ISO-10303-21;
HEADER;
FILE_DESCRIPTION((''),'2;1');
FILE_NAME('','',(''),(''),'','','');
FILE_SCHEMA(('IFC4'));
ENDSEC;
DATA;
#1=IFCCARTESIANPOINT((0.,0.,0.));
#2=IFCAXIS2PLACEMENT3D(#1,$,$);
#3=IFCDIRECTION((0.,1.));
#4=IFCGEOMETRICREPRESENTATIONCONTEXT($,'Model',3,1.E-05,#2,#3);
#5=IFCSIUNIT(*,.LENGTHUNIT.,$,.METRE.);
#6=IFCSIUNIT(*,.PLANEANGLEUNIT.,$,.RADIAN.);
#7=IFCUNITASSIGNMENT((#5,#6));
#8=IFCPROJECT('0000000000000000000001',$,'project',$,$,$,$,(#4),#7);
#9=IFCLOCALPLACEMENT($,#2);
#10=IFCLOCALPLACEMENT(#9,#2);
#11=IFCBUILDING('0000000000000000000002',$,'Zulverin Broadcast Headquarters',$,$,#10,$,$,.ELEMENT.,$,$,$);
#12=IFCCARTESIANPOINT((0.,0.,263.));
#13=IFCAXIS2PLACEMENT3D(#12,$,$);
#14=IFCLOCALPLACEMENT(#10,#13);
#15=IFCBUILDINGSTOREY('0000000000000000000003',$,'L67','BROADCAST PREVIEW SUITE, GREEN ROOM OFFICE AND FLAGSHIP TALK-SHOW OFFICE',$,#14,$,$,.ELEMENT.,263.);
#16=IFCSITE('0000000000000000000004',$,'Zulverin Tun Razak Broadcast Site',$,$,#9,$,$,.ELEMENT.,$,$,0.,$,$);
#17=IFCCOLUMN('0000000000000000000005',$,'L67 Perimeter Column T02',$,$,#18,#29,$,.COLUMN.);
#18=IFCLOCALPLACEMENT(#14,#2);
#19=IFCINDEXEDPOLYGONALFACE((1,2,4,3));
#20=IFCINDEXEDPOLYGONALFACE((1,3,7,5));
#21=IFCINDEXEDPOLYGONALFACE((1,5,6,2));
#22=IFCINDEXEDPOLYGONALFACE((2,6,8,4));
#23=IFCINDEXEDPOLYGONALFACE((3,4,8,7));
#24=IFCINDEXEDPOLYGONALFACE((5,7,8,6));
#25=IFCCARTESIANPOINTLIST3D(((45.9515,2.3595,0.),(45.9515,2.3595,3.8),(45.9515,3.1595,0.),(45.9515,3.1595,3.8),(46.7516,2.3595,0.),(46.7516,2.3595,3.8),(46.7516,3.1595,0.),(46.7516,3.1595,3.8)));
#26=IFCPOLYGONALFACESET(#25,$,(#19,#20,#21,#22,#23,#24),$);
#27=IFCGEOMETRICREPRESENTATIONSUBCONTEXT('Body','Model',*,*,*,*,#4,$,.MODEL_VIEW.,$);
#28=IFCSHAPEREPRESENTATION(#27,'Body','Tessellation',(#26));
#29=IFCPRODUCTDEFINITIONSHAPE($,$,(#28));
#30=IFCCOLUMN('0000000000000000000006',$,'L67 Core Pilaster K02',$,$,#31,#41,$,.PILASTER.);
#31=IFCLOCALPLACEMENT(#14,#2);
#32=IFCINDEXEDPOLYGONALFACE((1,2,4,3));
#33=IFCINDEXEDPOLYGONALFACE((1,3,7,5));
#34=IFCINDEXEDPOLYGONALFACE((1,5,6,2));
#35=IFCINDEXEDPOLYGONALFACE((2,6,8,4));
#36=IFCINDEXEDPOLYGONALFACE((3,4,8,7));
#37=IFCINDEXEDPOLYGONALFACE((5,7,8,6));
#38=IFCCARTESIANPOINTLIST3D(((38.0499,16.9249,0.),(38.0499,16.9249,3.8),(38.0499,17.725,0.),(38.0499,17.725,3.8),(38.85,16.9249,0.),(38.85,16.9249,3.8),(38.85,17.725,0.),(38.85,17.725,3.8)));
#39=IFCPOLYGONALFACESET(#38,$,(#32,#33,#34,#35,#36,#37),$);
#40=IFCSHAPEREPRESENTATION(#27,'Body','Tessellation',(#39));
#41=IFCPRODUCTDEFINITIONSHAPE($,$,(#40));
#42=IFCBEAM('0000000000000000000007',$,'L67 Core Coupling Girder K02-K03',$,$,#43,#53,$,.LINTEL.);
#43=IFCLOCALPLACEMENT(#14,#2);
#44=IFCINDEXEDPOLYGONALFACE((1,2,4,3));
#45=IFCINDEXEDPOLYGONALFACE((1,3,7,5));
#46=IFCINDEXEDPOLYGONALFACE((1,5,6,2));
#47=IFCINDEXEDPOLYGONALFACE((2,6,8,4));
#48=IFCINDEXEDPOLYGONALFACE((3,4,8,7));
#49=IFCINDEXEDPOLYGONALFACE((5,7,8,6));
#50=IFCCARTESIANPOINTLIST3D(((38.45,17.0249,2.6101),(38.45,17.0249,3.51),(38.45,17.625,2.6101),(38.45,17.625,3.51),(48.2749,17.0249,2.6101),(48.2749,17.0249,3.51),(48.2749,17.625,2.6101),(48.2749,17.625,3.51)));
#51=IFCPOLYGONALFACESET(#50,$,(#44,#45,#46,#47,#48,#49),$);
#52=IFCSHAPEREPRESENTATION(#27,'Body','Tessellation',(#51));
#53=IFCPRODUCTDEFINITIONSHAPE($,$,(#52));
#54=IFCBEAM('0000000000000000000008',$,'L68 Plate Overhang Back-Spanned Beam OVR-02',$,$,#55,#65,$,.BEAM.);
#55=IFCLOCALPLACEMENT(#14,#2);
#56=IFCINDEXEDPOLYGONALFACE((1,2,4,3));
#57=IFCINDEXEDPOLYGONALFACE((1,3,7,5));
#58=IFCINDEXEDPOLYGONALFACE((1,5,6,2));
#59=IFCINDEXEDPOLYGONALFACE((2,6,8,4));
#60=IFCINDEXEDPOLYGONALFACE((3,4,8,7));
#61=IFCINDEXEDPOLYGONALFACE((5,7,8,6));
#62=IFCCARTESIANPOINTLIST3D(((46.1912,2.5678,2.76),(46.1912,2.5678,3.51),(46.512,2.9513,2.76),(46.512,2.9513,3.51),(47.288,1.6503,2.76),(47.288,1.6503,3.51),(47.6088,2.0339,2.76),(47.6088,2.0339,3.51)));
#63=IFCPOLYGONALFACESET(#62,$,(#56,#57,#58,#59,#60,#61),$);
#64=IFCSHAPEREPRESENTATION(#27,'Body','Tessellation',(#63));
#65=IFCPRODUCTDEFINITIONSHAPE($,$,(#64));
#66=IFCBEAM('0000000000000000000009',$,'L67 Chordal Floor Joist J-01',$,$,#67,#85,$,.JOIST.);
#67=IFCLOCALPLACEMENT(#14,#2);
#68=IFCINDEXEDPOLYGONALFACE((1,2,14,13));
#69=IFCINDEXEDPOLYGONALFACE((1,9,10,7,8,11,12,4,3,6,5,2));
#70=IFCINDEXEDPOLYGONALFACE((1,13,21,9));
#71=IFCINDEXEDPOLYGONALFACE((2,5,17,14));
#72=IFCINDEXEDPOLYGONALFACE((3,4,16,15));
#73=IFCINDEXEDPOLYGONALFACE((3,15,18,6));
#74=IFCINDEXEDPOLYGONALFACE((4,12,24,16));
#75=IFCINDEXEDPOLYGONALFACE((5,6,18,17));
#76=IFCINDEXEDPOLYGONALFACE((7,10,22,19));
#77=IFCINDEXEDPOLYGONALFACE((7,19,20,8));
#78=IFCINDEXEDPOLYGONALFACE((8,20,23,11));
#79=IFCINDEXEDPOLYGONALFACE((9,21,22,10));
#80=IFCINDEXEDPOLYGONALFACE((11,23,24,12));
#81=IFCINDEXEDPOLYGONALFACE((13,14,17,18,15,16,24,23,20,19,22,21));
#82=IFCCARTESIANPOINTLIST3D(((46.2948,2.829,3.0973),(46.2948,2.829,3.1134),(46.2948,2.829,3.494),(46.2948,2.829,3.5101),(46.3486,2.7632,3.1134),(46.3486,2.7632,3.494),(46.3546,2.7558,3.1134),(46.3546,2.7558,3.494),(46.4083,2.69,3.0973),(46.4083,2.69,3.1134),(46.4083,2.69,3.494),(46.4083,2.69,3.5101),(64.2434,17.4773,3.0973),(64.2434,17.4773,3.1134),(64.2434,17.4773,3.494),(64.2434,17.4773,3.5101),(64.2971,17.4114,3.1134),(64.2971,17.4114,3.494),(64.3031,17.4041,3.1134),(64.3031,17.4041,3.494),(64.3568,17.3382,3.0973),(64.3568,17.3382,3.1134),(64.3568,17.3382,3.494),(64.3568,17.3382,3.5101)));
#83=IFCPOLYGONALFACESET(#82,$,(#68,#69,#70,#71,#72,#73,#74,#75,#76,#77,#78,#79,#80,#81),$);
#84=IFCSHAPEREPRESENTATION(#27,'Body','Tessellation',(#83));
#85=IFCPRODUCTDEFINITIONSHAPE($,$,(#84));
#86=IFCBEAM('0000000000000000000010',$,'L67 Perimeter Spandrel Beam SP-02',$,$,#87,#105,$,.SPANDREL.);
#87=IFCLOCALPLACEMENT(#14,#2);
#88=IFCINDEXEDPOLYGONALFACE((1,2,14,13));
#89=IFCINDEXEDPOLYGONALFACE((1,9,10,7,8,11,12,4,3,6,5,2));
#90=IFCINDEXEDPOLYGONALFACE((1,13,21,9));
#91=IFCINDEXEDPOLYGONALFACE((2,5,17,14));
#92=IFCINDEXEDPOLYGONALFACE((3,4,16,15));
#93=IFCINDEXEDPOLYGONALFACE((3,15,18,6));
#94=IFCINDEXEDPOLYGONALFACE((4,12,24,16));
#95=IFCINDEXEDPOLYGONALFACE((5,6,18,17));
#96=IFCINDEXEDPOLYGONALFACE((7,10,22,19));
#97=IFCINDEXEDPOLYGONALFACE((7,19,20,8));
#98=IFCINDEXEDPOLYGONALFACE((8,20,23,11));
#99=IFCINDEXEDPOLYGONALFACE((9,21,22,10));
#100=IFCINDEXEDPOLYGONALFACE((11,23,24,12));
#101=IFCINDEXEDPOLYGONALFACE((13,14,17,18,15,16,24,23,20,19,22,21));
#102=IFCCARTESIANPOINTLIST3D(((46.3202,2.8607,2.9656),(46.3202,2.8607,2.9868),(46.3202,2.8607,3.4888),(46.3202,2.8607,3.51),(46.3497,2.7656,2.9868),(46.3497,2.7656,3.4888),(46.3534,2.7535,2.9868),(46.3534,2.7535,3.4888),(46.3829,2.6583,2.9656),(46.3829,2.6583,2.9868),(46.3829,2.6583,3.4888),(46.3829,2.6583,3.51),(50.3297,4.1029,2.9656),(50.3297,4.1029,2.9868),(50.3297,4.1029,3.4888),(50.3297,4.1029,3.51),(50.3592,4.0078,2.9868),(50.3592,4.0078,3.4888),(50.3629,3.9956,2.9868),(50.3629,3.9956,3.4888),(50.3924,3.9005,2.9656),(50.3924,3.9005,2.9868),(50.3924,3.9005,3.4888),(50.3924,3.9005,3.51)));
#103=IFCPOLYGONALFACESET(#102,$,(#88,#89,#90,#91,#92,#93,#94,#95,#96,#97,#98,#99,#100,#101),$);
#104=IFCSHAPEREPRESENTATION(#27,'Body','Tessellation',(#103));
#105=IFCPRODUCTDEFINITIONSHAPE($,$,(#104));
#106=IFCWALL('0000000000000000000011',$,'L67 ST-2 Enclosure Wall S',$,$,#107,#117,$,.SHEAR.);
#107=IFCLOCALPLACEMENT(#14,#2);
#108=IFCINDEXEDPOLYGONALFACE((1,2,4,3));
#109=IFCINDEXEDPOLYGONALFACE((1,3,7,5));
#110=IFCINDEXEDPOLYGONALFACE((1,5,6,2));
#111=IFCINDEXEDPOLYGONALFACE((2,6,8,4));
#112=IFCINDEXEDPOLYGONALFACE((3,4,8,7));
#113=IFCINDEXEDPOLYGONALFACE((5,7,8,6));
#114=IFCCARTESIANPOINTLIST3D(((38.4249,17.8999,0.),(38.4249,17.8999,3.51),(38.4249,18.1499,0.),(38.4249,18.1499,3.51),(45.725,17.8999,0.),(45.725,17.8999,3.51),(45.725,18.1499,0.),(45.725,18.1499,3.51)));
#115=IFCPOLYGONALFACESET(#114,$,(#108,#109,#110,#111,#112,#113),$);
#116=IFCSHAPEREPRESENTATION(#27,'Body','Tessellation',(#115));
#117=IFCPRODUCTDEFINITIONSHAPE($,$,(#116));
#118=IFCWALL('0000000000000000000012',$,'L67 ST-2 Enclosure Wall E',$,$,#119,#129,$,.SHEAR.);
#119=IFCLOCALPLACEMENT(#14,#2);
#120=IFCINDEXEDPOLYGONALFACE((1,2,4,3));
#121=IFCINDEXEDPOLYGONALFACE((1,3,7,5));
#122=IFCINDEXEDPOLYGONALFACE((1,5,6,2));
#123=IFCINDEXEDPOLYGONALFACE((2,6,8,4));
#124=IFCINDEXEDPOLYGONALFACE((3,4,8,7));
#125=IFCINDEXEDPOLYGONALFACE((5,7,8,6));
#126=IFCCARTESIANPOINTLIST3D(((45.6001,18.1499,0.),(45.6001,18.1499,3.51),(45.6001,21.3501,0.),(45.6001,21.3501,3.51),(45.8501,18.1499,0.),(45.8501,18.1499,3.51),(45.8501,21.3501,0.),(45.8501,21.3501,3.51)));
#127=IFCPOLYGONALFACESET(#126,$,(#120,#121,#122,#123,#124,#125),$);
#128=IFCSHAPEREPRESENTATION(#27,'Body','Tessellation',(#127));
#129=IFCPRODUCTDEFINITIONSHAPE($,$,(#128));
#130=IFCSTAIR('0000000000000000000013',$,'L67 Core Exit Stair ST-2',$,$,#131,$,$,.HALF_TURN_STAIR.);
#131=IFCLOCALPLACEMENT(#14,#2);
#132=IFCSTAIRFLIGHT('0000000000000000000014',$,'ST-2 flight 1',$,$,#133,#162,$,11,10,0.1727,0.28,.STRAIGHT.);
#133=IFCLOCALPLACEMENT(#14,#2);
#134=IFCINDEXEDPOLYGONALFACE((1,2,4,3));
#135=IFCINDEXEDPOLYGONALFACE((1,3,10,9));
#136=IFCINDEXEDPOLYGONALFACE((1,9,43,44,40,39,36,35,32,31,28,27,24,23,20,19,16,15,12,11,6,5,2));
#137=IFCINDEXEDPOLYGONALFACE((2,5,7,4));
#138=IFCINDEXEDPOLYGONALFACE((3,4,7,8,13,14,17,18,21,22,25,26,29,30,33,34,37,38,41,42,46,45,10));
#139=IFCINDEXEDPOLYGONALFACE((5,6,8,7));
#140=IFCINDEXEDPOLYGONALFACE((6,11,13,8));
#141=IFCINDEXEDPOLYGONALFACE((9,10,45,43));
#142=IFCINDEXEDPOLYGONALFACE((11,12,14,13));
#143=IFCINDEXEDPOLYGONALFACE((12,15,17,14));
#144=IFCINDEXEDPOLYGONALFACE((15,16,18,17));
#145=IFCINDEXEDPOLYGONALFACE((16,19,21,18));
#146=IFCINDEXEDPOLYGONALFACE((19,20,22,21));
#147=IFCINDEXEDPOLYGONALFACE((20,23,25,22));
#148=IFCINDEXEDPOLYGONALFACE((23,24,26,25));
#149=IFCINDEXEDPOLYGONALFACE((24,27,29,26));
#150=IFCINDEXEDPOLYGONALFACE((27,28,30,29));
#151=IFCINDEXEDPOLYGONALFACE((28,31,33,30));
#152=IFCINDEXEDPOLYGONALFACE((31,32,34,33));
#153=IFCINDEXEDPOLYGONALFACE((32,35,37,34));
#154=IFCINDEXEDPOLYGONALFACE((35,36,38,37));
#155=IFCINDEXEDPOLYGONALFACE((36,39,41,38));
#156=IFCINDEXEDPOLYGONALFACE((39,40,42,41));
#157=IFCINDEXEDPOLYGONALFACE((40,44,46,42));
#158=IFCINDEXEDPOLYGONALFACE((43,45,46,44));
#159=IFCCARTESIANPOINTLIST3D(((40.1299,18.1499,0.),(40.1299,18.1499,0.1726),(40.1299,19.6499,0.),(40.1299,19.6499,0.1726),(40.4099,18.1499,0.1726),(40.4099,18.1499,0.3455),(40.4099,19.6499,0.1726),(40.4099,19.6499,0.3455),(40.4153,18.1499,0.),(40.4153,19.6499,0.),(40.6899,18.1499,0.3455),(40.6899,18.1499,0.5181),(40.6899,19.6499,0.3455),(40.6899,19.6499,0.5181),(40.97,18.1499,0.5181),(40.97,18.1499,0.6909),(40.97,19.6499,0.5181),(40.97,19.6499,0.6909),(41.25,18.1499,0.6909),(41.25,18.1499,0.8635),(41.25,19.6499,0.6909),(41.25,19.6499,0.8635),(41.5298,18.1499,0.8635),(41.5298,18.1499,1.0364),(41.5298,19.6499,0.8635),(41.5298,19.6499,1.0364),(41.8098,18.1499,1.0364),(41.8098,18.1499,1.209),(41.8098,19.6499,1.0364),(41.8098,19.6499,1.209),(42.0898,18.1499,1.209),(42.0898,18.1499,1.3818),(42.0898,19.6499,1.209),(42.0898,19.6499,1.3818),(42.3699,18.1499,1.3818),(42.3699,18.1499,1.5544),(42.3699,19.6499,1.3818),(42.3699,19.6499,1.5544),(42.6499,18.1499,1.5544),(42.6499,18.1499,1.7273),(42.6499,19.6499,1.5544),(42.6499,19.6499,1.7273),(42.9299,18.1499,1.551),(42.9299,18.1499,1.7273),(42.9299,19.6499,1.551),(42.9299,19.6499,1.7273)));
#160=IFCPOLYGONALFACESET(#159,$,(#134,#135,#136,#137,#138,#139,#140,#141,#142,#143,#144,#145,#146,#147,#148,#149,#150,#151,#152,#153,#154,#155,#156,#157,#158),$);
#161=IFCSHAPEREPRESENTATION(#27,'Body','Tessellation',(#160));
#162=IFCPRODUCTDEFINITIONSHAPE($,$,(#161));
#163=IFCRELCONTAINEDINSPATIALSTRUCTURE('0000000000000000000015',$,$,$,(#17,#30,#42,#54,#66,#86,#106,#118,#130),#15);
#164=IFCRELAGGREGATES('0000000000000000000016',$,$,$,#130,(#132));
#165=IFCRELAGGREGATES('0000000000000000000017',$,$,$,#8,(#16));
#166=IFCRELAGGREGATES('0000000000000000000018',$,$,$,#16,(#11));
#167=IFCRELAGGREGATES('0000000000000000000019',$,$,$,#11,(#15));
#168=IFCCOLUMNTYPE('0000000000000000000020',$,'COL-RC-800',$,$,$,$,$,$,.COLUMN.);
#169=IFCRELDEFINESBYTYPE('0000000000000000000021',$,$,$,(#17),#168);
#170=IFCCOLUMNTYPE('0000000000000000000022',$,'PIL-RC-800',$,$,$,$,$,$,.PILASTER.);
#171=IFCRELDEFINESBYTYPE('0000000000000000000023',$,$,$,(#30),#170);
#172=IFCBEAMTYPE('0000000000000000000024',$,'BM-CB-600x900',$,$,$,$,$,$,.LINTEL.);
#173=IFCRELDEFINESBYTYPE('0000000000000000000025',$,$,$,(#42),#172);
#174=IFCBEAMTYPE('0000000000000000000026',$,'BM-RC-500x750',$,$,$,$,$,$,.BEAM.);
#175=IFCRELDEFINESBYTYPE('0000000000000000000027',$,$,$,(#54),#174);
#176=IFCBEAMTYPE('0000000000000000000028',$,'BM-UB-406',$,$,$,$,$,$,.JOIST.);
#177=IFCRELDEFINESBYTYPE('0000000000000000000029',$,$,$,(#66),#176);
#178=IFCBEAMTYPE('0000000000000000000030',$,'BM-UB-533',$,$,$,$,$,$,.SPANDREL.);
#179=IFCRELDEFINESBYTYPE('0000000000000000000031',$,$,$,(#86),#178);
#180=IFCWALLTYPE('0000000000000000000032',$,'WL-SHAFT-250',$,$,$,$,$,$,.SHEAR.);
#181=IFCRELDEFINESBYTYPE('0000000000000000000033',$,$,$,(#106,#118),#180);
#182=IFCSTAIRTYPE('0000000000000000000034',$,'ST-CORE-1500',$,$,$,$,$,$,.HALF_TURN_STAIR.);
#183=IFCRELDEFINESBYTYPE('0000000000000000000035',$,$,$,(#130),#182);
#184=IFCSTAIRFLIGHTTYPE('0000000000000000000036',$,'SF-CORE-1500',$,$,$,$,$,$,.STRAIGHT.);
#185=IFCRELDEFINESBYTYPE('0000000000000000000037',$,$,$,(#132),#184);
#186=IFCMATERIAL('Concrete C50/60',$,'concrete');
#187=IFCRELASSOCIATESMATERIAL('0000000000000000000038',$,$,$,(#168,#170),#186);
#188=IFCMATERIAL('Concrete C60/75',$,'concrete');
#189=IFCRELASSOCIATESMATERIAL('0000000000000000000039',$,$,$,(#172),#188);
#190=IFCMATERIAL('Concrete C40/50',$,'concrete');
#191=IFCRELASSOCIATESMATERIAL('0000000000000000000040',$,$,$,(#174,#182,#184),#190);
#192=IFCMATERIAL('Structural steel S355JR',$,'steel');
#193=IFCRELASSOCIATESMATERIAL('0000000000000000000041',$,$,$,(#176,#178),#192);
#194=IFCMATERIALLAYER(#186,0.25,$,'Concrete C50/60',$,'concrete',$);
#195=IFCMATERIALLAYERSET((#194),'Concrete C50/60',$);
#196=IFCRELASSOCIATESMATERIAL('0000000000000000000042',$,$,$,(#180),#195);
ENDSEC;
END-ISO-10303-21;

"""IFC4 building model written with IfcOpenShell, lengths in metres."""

from ifc_helpers import new_model, si_unit, direction, frame, frame_2d, origin, origin_2d, place, context, subcontext, project, spatial, polyline, rectangle, i_section, outline, extrude, material, layer, layer_set, material_profile, profile_set, type_object, element, aggregate, save


model = new_model("IFC4")

# Units and contexts
model_context = context("Model", 3, precision=1e-05, world=origin(), true_north=direction((0.0, 1.0)))
body_context = subcontext(model_context, "Body", "Model", "MODEL_VIEW")
ifc_project = project(units=[si_unit("LENGTHUNIT", "METRE"), si_unit("PLANEANGLEUNIT", "RADIAN")], contexts=[model_context])

# Site, building, storey
site_placement = place(None, origin())
site = spatial("IfcSite", under=ifc_project, at=site_placement, Name="Zulverin Tun Razak Broadcast Site", CompositionType="ELEMENT", RefElevation=0.0)
building_placement = place(site_placement, origin())
building = spatial("IfcBuilding", under=site, at=building_placement, Name="Zulverin Broadcast Headquarters", CompositionType="ELEMENT")
storey_placement = place(building_placement, frame((0.0, 0.0, 263.0)))
storey = spatial("IfcBuildingStorey", under=building, at=storey_placement, Name="L67", Description="BROADCAST PREVIEW SUITE, GREEN ROOM OFFICE AND FLAGSHIP TALK-SHOW OFFICE", CompositionType="ELEMENT", Elevation=263.0)

# Columns
ifc_material_1 = material(Name="Concrete C50/60", Category="concrete")
ifc_material_profile_1 = material_profile(ifc_material_1, rectangle(XDim=0.8, YDim=0.8, at=origin_2d()), Name="Concrete C50/60", Category="concrete")
ifc_profile_set_1 = profile_set([ifc_material_profile_1], Name="Concrete C50/60")
column_type_1 = type_object("IfcColumnType", Name="COL-RC-800", PredefinedType="COLUMN", material=ifc_profile_set_1)
column_1_placement = place(storey_placement, frame((46.3516, 2.7595, 0.0), z_axis=(0.0, 0.0, 1.0), x_axis=(1.0, 0.0, 0.0)))
element("IfcColumn", 1, at=column_1_placement, inside=storey, type_object=column_type_1, Name="L67 Perimeter Column T02", PredefinedType="COLUMN", context=body_context, shape_type="SweptSolid", body=[
    extrude(rectangle(XDim=0.8, YDim=0.8, at=origin_2d()), origin(), (0.0, 0.0, 1.0), 3.8),
])
ifc_material_profile_2 = material_profile(ifc_material_1, rectangle(XDim=0.8, YDim=0.8, at=origin_2d()), Name="Concrete C50/60", Category="concrete")
ifc_profile_set_2 = profile_set([ifc_material_profile_2], Name="Concrete C50/60")
column_type_2 = type_object("IfcColumnType", Name="PIL-RC-800", PredefinedType="PILASTER", material=ifc_profile_set_2)
column_2_placement = place(storey_placement, frame((38.45, 17.325, 0.0), z_axis=(0.0, 0.0, 1.0), x_axis=(1.0, 0.0, 0.0)))
element("IfcColumn", 2, at=column_2_placement, inside=storey, type_object=column_type_2, Name="L67 Core Pilaster K02", PredefinedType="PILASTER", context=body_context, shape_type="SweptSolid", body=[
    extrude(rectangle(XDim=0.8, YDim=0.8, at=origin_2d()), origin(), (0.0, 0.0, 1.0), 3.8),
])

# Beams
ifc_material_2 = material(Name="Concrete C60/75", Category="concrete")
ifc_material_profile_3 = material_profile(ifc_material_2, rectangle(XDim=0.6001, YDim=0.8999, at=origin_2d()), Name="Concrete C60/75", Category="concrete")
ifc_profile_set_3 = profile_set([ifc_material_profile_3], Name="Concrete C60/75")
beam_type_1 = type_object("IfcBeamType", Name="BM-CB-600x900", PredefinedType="LINTEL", material=ifc_profile_set_3)
beam_1_placement = place(storey_placement, frame((38.45, 17.325, 3.0601), z_axis=(1.0, 0.0, 0.0), x_axis=(0.0, 1.0, 0.0)))
element("IfcBeam", 3, at=beam_1_placement, inside=storey, type_object=beam_type_1, Name="L67 Core Coupling Girder K02-K03", PredefinedType="LINTEL", context=body_context, shape_type="SweptSolid", body=[
    extrude(rectangle(XDim=0.6001, YDim=0.8999, at=origin_2d()), origin(), (0.0, 0.0, 1.0), 9.825),
])
ifc_material_3 = material(Name="Concrete C40/50", Category="concrete")
ifc_material_profile_4 = material_profile(ifc_material_3, rectangle(XDim=0.5, YDim=0.75, at=origin_2d()), Name="Concrete C40/50", Category="concrete")
ifc_profile_set_4 = profile_set([ifc_material_profile_4], Name="Concrete C40/50")
beam_type_2 = type_object("IfcBeamType", Name="BM-RC-500x750", PredefinedType="BEAM", material=ifc_profile_set_4)
beam_2_placement = place(storey_placement, frame((46.3516, 2.7595, 3.135), z_axis=(0.767059, -0.641577, 0.0), x_axis=(0.641577, 0.767059, 0.0)))
element("IfcBeam", 4, at=beam_2_placement, inside=storey, type_object=beam_type_2, Name="L68 Plate Overhang Back-Spanned Beam OVR-02", PredefinedType="BEAM", context=body_context, shape_type="SweptSolid", body=[
    extrude(rectangle(XDim=0.5, YDim=0.75, at=origin_2d()), origin(), (0.0, 0.0, 1.0), 1.4299),
])
ifc_material_4 = material(Name="Structural steel S355JR", Category="steel")
ifc_material_profile_5 = material_profile(ifc_material_4, i_section(OverallWidth=0.1794, OverallDepth=0.4128, WebThickness=0.0095, FlangeThickness=0.0161, at=origin_2d()), Name="Structural steel S355JR", Category="steel")
ifc_profile_set_5 = profile_set([ifc_material_profile_5], Name="Structural steel S355JR")
beam_type_3 = type_object("IfcBeamType", Name="BM-UB-406", PredefinedType="JOIST", material=ifc_profile_set_5)
beam_3_placement = place(storey_placement, frame((46.3516, 2.7595, 3.3037), z_axis=(0.774738, 0.632282, 0.0), x_axis=(-0.632282, 0.774738, 0.0)))
element("IfcBeam", 5, at=beam_3_placement, inside=storey, type_object=beam_type_3, Name="L67 Chordal Floor Joist J-01", PredefinedType="JOIST", context=body_context, shape_type="SweptSolid", body=[
    extrude(i_section(OverallWidth=0.1794, OverallDepth=0.4128, WebThickness=0.0095, FlangeThickness=0.0161, at=origin_2d()), origin(), (0.0, 0.0, 1.0), 23.1672),
])
ifc_material_profile_6 = material_profile(ifc_material_4, i_section(OverallWidth=0.2119, OverallDepth=0.5444, WebThickness=0.0127, FlangeThickness=0.0212, at=origin_2d()), Name="Structural steel S355JR", Category="steel")
ifc_profile_set_6 = profile_set([ifc_material_profile_6], Name="Structural steel S355JR")
beam_type_4 = type_object("IfcBeamType", Name="BM-UB-533", PredefinedType="SPANDREL", material=ifc_profile_set_6)
beam_4_placement = place(storey_placement, frame((46.3516, 2.7595, 3.2378), z_axis=(0.955209, 0.295933, 0.0), x_axis=(-0.295933, 0.955209, 0.0)))
element("IfcBeam", 6, at=beam_4_placement, inside=storey, type_object=beam_type_4, Name="L67 Perimeter Spandrel Beam SP-02", PredefinedType="SPANDREL", context=body_context, shape_type="SweptSolid", body=[
    extrude(i_section(OverallWidth=0.2119, OverallDepth=0.5444, WebThickness=0.0127, FlangeThickness=0.0212, at=origin_2d()), origin(), (0.0, 0.0, 1.0), 4.1975),
])

# Wall
ifc_layer_1 = layer(ifc_material_1, 0.25, Name="Concrete C50/60", Category="concrete")
ifc_layer_set_1 = layer_set([ifc_layer_1], Name="Concrete C50/60")
wall_type = type_object("IfcWallType", Name="WL-SHAFT-250", PredefinedType="SHEAR", material=ifc_layer_set_1)
wall_1_placement = place(storey_placement, frame((38.425, 18.0249, 0.0), z_axis=(0.0, 0.0, 1.0), x_axis=(1.0, 0.0, 0.0)))
element("IfcWall", 7, at=wall_1_placement, inside=storey, type_object=wall_type, Name="L67 ST-2 Enclosure Wall S", PredefinedType="SHEAR", context=body_context, shape_type="SweptSolid", body=[
    extrude(rectangle(XDim=7.3, YDim=0.25, at=frame_2d((3.6499, 0.0))), origin(), (0.0, 0.0, 1.0), 3.51),
])

# Wall
wall_2_placement = place(storey_placement, frame((45.7251, 18.1499, 0.0), z_axis=(0.0, 0.0, 1.0), x_axis=(0.0, 1.0, 0.0)))
element("IfcWall", 8, at=wall_2_placement, inside=storey, type_object=wall_type, Name="L67 ST-2 Enclosure Wall E", PredefinedType="SHEAR", context=body_context, shape_type="SweptSolid", body=[
    extrude(rectangle(XDim=3.2002, YDim=0.25, at=frame_2d((1.6001, 0.0))), origin(), (0.0, 0.0, 1.0), 3.51),
])

# Stair, stair flight
stair_type = type_object("IfcStairType", Name="ST-CORE-1500", PredefinedType="HALF_TURN_STAIR", material=ifc_material_3)
stair_placement = place(storey_placement, origin())
stair = element("IfcStair", 9, at=stair_placement, inside=storey, type_object=stair_type, Name="L67 Core Exit Stair ST-2", PredefinedType="HALF_TURN_STAIR")
stair_flight_type = type_object("IfcStairFlightType", Name="SF-CORE-1500", PredefinedType="STRAIGHT", material=ifc_material_3)
stair_flight_placement = place(storey_placement, frame((40.1299, 18.8999, 0.0), z_axis=(0.0, 0.0, 1.0), x_axis=(1.0, 0.0, 0.0)))
stair_flight = element("IfcStairFlight", 10, at=stair_flight_placement, type_object=stair_flight_type, Name="ST-2 flight 1", NumberOfRisers=11, NumberOfTreads=10, PredefinedType="STRAIGHT", RiserHeight=0.1727, TreadLength=0.28, context=body_context, shape_type="SweptSolid", body=[
    extrude(outline(polyline([(0.0, 0.0), (0.0, 0.1726), (0.28, 0.1726), (0.28, 0.3455), (0.5601, 0.3455), (0.5601, 0.5181), (0.8401, 0.5181), (0.8401, 0.6909), (1.1201, 0.6909), (1.1201, 0.8635), (1.3999, 0.8635), (1.3999, 1.0364), (1.6799, 1.0364), (1.6799, 1.209), (1.96, 1.209), (1.96, 1.3818), (2.24, 1.3818), (2.24, 1.5544), (2.52, 1.5544), (2.52, 1.7273), (2.8, 1.7273), (2.8, 1.8999), (2.8, 1.551), (0.2854, 0.0), (0.0, 0.0)])), frame((0.0, 0.75, 0.0), z_axis=(0.0, -1.0, 0.0), x_axis=(1.0, 0.0, 0.0)), (0.0, 0.0, 1.0), 1.5),
])
aggregate(stair, [stair_flight])

save(model, "model.ifc")
